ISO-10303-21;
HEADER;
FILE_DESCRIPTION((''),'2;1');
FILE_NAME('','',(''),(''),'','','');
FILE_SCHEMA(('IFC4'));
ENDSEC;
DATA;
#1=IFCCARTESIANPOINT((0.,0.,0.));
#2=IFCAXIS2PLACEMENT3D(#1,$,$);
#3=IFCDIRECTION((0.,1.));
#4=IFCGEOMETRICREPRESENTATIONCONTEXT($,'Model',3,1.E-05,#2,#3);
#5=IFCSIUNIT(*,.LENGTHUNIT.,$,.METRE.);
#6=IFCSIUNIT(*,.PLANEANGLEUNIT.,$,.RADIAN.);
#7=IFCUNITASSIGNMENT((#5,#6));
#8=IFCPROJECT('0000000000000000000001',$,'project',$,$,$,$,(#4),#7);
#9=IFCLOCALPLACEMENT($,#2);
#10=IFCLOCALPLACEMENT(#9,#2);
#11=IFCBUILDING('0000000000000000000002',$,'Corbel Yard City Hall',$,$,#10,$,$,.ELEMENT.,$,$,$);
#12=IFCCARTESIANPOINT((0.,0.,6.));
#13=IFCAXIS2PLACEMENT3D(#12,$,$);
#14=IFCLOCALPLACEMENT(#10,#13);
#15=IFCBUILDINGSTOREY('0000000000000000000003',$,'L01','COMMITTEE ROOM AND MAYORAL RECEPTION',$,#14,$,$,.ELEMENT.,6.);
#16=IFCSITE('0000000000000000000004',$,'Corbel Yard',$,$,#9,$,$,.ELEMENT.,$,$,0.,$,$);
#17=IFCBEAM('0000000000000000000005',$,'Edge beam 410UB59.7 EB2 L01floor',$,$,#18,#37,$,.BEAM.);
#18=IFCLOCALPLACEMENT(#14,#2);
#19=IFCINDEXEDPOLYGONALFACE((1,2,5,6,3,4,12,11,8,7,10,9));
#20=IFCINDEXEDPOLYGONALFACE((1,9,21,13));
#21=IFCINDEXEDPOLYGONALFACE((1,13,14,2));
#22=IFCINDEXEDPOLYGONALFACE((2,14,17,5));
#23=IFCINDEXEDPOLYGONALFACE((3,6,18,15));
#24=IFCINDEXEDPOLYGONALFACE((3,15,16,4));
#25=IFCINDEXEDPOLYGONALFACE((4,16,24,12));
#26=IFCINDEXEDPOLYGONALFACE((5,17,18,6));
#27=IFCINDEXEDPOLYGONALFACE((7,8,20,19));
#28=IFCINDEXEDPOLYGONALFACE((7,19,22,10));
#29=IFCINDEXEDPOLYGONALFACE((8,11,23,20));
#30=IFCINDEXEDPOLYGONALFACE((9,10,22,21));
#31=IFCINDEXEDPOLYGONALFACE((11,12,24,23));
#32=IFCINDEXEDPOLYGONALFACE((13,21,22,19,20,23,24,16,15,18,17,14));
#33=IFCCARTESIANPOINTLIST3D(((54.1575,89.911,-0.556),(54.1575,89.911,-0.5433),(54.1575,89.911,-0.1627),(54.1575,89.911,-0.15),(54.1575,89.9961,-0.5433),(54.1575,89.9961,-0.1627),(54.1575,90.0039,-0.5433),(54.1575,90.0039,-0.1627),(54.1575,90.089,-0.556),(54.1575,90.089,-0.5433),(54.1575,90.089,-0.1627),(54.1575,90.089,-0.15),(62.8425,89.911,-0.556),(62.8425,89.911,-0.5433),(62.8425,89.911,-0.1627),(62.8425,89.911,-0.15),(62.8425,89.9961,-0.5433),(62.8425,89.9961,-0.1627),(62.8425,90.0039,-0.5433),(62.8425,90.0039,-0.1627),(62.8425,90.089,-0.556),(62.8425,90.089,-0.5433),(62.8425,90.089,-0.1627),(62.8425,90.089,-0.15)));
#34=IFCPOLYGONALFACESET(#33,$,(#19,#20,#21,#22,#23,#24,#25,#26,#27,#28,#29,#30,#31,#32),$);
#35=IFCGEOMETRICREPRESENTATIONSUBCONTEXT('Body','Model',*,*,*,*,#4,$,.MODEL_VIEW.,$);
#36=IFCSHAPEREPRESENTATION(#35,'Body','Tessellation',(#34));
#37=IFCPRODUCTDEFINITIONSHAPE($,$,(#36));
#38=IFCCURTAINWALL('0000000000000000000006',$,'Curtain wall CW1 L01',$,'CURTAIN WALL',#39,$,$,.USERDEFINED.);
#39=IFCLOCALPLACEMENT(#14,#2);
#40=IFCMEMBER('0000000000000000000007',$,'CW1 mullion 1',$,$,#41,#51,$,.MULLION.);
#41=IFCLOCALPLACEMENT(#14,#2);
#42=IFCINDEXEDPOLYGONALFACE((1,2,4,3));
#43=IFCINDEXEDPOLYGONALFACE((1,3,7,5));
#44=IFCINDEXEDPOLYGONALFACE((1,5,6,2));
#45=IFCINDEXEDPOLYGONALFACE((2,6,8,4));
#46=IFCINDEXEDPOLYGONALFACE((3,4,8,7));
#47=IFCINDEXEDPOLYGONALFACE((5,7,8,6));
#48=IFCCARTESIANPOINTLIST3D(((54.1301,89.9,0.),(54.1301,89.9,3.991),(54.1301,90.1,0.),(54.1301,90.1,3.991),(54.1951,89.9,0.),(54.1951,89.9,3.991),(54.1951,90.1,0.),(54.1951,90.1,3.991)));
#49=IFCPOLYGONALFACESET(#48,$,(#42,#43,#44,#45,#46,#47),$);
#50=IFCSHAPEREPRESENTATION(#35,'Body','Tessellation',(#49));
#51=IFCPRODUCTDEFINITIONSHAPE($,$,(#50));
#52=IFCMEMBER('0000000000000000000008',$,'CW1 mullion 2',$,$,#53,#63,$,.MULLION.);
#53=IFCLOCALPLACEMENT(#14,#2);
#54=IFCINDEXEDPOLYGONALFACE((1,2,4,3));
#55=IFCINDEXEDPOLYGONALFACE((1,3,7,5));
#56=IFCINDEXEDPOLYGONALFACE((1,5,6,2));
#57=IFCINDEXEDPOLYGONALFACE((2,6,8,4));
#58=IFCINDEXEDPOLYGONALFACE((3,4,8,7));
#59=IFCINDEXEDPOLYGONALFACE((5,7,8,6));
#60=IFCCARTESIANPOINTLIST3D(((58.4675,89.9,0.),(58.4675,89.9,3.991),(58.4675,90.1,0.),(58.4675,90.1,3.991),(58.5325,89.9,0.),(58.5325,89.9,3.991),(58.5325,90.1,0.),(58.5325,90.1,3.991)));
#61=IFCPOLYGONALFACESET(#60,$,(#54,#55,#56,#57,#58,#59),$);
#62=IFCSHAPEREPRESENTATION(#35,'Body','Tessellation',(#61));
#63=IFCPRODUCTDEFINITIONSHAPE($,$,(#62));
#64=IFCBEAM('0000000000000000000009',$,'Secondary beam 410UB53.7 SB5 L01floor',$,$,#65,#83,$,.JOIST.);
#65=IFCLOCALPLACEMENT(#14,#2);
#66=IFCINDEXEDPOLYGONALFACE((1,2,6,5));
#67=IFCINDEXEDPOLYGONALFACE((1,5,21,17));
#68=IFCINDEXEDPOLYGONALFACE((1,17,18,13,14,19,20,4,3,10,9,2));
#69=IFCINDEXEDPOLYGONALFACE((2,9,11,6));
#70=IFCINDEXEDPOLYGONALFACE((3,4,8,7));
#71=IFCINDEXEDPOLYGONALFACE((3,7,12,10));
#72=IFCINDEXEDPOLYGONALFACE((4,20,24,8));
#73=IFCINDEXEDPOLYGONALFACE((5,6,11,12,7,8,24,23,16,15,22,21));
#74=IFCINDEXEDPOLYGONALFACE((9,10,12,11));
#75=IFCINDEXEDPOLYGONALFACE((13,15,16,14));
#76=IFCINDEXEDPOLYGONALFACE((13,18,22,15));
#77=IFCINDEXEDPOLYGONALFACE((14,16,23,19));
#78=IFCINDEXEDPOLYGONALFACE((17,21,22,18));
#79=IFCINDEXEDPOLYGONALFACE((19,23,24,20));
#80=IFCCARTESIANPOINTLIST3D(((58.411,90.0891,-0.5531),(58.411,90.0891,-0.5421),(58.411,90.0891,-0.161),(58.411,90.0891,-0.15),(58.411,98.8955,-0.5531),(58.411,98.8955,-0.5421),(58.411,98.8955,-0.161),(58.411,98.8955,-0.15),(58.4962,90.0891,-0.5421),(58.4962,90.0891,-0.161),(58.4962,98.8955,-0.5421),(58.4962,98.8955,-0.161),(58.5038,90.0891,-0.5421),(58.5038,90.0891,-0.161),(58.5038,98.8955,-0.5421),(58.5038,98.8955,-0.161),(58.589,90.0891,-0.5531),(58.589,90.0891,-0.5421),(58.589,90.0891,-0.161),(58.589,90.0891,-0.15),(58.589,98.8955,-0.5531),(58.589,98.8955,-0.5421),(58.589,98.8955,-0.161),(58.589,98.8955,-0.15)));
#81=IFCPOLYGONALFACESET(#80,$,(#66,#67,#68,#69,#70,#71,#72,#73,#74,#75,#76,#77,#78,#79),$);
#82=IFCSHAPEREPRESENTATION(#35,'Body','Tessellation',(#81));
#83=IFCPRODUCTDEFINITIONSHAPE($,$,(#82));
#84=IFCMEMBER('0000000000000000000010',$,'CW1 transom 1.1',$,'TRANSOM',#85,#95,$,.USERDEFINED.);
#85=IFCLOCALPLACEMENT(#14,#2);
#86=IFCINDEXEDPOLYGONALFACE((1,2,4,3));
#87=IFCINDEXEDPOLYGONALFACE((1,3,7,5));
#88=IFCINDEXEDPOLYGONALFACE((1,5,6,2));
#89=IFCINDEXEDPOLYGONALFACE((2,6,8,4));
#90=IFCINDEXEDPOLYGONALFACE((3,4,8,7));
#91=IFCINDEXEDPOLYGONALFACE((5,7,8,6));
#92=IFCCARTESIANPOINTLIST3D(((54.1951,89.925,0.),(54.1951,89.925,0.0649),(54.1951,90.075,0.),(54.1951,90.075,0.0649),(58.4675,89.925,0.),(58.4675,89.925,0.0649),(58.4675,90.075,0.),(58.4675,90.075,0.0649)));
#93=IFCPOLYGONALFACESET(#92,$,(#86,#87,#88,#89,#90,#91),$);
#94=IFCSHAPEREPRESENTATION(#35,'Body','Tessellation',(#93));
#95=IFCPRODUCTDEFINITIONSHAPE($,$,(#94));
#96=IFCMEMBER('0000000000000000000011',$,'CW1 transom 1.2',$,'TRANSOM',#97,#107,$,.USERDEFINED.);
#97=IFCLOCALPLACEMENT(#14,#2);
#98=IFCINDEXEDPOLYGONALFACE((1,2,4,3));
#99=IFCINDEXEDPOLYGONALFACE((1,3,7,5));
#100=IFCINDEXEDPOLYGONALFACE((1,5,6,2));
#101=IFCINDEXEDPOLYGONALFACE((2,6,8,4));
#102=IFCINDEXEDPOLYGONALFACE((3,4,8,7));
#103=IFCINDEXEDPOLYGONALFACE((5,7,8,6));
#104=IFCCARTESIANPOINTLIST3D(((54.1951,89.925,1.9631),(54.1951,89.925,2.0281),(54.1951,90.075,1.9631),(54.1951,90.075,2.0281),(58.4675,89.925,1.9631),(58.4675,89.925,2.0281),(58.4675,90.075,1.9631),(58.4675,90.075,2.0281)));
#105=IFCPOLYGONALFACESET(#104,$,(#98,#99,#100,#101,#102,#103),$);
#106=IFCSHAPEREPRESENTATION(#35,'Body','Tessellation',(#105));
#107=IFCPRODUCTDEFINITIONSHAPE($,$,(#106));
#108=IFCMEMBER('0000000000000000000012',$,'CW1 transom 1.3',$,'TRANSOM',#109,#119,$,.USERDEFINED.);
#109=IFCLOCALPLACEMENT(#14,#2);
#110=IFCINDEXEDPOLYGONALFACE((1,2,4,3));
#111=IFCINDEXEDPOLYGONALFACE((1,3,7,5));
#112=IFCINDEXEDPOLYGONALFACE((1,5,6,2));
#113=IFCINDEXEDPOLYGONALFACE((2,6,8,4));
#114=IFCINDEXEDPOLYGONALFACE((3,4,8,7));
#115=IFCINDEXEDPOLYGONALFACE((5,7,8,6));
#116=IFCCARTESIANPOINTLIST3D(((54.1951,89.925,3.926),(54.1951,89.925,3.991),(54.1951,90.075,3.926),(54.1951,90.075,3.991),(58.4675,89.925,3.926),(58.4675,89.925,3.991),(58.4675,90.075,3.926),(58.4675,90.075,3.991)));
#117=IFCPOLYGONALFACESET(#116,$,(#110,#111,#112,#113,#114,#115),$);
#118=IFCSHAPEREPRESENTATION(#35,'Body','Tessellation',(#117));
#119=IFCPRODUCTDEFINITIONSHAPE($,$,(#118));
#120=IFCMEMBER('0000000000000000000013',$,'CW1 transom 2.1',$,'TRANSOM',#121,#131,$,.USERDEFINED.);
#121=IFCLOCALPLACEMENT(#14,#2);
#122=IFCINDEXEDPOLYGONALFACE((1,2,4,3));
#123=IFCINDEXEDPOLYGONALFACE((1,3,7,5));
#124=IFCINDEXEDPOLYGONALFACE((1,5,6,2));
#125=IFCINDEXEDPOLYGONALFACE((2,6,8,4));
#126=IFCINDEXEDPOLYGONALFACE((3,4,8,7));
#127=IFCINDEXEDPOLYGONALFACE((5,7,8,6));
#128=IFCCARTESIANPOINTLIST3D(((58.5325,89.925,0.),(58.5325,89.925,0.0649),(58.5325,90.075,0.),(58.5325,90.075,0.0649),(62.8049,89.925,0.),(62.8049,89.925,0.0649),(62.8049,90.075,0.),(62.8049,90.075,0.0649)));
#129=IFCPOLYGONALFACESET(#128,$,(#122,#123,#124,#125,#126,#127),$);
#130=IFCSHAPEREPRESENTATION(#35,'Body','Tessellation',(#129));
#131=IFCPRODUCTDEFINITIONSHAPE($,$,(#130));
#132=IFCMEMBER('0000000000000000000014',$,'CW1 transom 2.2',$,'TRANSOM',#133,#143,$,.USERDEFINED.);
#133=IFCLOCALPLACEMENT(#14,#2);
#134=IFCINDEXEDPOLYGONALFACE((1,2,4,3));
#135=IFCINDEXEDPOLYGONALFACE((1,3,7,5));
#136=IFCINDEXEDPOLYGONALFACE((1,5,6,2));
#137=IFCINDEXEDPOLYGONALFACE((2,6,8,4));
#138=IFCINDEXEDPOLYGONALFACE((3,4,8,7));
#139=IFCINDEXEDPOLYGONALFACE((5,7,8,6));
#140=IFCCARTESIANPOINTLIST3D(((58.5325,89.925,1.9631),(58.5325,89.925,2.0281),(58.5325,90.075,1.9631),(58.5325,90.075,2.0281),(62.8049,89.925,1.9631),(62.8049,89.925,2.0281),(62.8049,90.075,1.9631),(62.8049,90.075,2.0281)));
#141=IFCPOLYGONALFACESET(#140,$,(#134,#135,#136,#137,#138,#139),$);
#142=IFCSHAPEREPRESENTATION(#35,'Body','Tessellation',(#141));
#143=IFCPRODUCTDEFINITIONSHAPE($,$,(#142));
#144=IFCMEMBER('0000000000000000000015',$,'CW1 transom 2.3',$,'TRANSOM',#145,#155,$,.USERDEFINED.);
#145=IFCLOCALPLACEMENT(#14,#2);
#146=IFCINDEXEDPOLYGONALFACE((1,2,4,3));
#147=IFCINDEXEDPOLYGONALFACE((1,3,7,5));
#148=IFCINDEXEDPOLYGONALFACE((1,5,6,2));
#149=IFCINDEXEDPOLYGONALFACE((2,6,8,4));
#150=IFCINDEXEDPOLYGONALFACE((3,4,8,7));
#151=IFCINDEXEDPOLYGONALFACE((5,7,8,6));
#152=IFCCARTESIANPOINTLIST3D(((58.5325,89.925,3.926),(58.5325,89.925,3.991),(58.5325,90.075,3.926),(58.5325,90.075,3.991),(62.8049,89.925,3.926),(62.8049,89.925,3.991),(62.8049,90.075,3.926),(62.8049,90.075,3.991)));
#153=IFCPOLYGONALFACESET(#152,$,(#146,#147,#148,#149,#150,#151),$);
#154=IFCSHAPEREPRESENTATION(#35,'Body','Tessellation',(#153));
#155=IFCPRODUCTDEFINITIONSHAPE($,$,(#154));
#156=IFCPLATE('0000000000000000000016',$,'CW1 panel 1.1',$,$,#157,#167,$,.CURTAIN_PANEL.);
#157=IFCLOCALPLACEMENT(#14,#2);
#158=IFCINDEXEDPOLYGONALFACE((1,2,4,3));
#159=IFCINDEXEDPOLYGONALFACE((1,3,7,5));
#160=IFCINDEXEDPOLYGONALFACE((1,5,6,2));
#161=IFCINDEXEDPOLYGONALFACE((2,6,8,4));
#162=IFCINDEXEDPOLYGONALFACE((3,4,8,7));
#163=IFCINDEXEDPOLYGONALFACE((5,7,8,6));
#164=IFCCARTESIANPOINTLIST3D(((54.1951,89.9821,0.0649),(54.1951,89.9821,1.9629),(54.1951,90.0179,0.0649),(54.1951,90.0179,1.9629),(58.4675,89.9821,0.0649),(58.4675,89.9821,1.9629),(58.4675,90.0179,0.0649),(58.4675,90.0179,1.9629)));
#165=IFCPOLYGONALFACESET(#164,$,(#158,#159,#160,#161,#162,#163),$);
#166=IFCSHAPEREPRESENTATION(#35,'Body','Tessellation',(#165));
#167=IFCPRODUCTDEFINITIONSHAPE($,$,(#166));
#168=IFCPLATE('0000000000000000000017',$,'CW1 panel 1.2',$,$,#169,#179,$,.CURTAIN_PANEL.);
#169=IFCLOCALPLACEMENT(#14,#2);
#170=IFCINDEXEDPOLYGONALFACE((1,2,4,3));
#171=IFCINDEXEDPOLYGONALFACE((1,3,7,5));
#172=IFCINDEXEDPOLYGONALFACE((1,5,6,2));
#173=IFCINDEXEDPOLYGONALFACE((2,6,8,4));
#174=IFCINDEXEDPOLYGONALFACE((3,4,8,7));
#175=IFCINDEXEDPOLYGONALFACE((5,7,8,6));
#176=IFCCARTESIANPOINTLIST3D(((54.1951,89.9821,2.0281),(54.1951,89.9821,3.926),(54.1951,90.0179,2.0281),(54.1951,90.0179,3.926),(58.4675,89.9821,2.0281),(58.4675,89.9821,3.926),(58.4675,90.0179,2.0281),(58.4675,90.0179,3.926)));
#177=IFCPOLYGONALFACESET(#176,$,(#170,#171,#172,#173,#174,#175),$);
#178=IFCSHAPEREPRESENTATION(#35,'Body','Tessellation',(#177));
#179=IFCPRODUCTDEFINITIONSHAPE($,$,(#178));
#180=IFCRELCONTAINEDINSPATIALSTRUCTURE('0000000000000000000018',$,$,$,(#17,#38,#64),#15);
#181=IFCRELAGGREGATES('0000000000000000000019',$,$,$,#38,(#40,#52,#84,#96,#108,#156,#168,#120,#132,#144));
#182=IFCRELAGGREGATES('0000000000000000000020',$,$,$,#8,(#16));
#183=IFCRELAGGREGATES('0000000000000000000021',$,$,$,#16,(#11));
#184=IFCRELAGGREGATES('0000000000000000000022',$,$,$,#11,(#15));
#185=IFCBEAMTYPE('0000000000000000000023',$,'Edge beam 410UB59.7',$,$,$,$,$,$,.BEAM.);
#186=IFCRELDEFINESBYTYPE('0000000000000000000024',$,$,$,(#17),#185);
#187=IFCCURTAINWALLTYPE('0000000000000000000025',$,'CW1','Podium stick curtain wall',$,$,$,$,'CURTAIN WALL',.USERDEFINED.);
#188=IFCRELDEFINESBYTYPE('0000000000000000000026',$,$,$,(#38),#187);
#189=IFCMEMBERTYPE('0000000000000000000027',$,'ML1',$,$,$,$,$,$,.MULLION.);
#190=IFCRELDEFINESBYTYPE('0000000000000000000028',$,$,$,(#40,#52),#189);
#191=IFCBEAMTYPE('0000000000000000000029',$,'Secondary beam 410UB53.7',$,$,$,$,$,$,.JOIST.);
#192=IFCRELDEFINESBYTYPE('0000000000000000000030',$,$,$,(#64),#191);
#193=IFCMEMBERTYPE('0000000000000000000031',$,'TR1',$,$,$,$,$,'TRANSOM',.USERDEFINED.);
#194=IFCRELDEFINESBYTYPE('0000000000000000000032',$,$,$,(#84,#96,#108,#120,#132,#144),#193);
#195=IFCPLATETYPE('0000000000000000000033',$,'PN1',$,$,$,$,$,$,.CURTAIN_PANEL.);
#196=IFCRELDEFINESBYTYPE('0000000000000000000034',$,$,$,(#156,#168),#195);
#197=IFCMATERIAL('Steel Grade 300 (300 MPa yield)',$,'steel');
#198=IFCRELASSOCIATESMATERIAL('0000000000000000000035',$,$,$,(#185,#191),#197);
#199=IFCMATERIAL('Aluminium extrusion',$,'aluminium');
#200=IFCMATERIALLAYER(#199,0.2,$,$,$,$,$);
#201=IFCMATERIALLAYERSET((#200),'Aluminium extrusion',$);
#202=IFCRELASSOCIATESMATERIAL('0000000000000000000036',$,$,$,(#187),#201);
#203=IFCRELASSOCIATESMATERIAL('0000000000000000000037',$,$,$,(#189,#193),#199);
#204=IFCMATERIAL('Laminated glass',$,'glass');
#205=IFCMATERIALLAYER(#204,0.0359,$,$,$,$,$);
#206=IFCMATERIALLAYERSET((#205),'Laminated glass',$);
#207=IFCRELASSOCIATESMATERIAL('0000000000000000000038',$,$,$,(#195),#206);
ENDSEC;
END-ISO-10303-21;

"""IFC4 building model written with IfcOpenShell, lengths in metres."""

from ifc_helpers import new_model, si_unit, direction, frame, origin, origin_2d, place, context, subcontext, project, spatial, rectangle, i_section, extrude, material, layer, layer_set, material_profile, profile_set, type_object, element, aggregate, save


model = new_model("IFC4")

# Units and contexts
model_context = context("Model", 3, precision=1e-05, world=origin(), true_north=direction((0.0, 1.0)))
body_context = subcontext(model_context, "Body", "Model", "MODEL_VIEW")
ifc_project = project(units=[si_unit("LENGTHUNIT", "METRE"), si_unit("PLANEANGLEUNIT", "RADIAN")], contexts=[model_context])

# Site, building, storey
site_placement = place(None, origin())
site = spatial("IfcSite", under=ifc_project, at=site_placement, Name="Corbel Yard", CompositionType="ELEMENT", RefElevation=0.0)
building_placement = place(site_placement, origin())
building = spatial("IfcBuilding", under=site, at=building_placement, Name="Corbel Yard City Hall", CompositionType="ELEMENT")
storey_placement = place(building_placement, frame((0.0, 0.0, 6.0)))
storey = spatial("IfcBuildingStorey", under=building, at=storey_placement, Name="L01", Description="COMMITTEE ROOM AND MAYORAL RECEPTION", CompositionType="ELEMENT", Elevation=6.0)

# Beam
ifc_material_1 = material(Name="Steel Grade 300 (300 MPa yield)", Category="steel")
ifc_material_profile_1 = material_profile(ifc_material_1, i_section(OverallWidth=0.178, OverallDepth=0.406, WebThickness=0.0078, FlangeThickness=0.0127, at=origin_2d()), Name="410UB59.7")
ifc_profile_set_1 = profile_set([ifc_material_profile_1], Name="Steel Grade 300 (300 MPa yield)")
beam_type_1 = type_object("IfcBeamType", Name="Edge beam 410UB59.7", PredefinedType="BEAM", material=ifc_profile_set_1)
beam_1_placement = place(storey_placement, frame((54.1575, 90.0, -0.353), z_axis=(1.0, 0.0, 0.0), x_axis=(0.0, 1.0, 0.0)))
element("IfcBeam", 1, at=beam_1_placement, inside=storey, type_object=beam_type_1, Name="Edge beam 410UB59.7 EB2 L01floor", PredefinedType="BEAM", context=body_context, shape_type="SweptSolid", body=[
    extrude(i_section(OverallWidth=0.178, OverallDepth=0.406, WebThickness=0.0078, FlangeThickness=0.0127, at=origin_2d()), origin(), (0.0, 0.0, 1.0), 8.6851),
])

# Curtain wall, members
ifc_material_2 = material(Name="Aluminium extrusion", Category="aluminium")
ifc_layer_1 = layer(ifc_material_2, 0.2)
ifc_layer_set_1 = layer_set([ifc_layer_1], Name="Aluminium extrusion")
curtain_wall_type = type_object("IfcCurtainWallType", Name="CW1", Description="Podium stick curtain wall", ElementType="CURTAIN WALL", PredefinedType="USERDEFINED", material=ifc_layer_set_1)
curtain_wall_placement = place(storey_placement, origin())
curtain_wall = element("IfcCurtainWall", 2, at=curtain_wall_placement, inside=storey, type_object=curtain_wall_type, Name="Curtain wall CW1 L01", ObjectType="CURTAIN WALL", PredefinedType="USERDEFINED")
ifc_material_profile_2 = material_profile(ifc_material_2, rectangle(XDim=0.2, YDim=0.0649, at=origin_2d()), Name="200x65")
ifc_profile_set_2 = profile_set([ifc_material_profile_2], Name="Aluminium extrusion")
member_type_1 = type_object("IfcMemberType", Name="ML1", PredefinedType="MULLION", material=ifc_profile_set_2)
member_1_placement = place(storey_placement, frame((54.1626, 90.0, 0.0), z_axis=(0.0, 0.0, 1.0), x_axis=(0.0, 1.0, 0.0)))
member_1 = element("IfcMember", 3, at=member_1_placement, type_object=member_type_1, Name="CW1 mullion 1", PredefinedType="MULLION", context=body_context, shape_type="SweptSolid", body=[
    extrude(rectangle(XDim=0.2, YDim=0.0649, at=origin_2d()), origin(), (0.0, 0.0, 1.0), 3.991),
])
member_2_placement = place(storey_placement, frame((58.5, 90.0, 0.0), z_axis=(0.0, 0.0, 1.0), x_axis=(0.0, 1.0, 0.0)))
member_2 = element("IfcMember", 4, at=member_2_placement, type_object=member_type_1, Name="CW1 mullion 2", PredefinedType="MULLION", context=body_context, shape_type="SweptSolid", body=[
    extrude(rectangle(XDim=0.2, YDim=0.0649, at=origin_2d()), origin(), (0.0, 0.0, 1.0), 3.991),
])

# Beam
ifc_material_profile_3 = material_profile(ifc_material_1, i_section(OverallWidth=0.178, OverallDepth=0.4031, WebThickness=0.0076, FlangeThickness=0.011, at=origin_2d()), Name="410UB53.7")
ifc_profile_set_3 = profile_set([ifc_material_profile_3], Name="Steel Grade 300 (300 MPa yield)")
beam_type_2 = type_object("IfcBeamType", Name="Secondary beam 410UB53.7", PredefinedType="JOIST", material=ifc_profile_set_3)
beam_2_placement = place(storey_placement, frame((58.5, 90.0891, -0.3516), z_axis=(0.0, 1.0, 0.0), x_axis=(-1.0, 0.0, 0.0)))
element("IfcBeam", 5, at=beam_2_placement, inside=storey, type_object=beam_type_2, Name="Secondary beam 410UB53.7 SB5 L01floor", PredefinedType="JOIST", context=body_context, shape_type="SweptSolid", body=[
    extrude(i_section(OverallWidth=0.178, OverallDepth=0.4031, WebThickness=0.0076, FlangeThickness=0.011, at=origin_2d()), origin(), (0.0, 0.0, 1.0), 8.8064),
])

# Members
ifc_material_profile_4 = material_profile(ifc_material_2, rectangle(XDim=0.1499, YDim=0.0649, at=origin_2d()), Name="150x65")
ifc_profile_set_4 = profile_set([ifc_material_profile_4], Name="Aluminium extrusion")
member_type_2 = type_object("IfcMemberType", Name="TR1", ElementType="TRANSOM", PredefinedType="USERDEFINED", material=ifc_profile_set_4)
member_3_placement = place(storey_placement, frame((54.1951, 90.0, 0.0325), z_axis=(1.0, 0.0, 0.0), x_axis=(0.0, 1.0, 0.0)))
member_3 = element("IfcMember", 6, at=member_3_placement, type_object=member_type_2, Name="CW1 transom 1.1", ObjectType="TRANSOM", PredefinedType="USERDEFINED", context=body_context, shape_type="SweptSolid", body=[
    extrude(rectangle(XDim=0.1499, YDim=0.0649, at=origin_2d()), origin(), (0.0, 0.0, 1.0), 4.2725),
])
member_4_placement = place(storey_placement, frame((54.1951, 90.0, 1.9956), z_axis=(1.0, 0.0, 0.0), x_axis=(0.0, 1.0, 0.0)))
member_4 = element("IfcMember", 7, at=member_4_placement, type_object=member_type_2, Name="CW1 transom 1.2", ObjectType="TRANSOM", PredefinedType="USERDEFINED", context=body_context, shape_type="SweptSolid", body=[
    extrude(rectangle(XDim=0.1499, YDim=0.0649, at=origin_2d()), origin(), (0.0, 0.0, 1.0), 4.2725),
])
member_5_placement = place(storey_placement, frame((54.1951, 90.0, 3.9585), z_axis=(1.0, 0.0, 0.0), x_axis=(0.0, 1.0, 0.0)))
member_5 = element("IfcMember", 8, at=member_5_placement, type_object=member_type_2, Name="CW1 transom 1.3", ObjectType="TRANSOM", PredefinedType="USERDEFINED", context=body_context, shape_type="SweptSolid", body=[
    extrude(rectangle(XDim=0.1499, YDim=0.0649, at=origin_2d()), origin(), (0.0, 0.0, 1.0), 4.2725),
])
member_6_placement = place(storey_placement, frame((58.5325, 90.0, 0.0325), z_axis=(1.0, 0.0, 0.0), x_axis=(0.0, 1.0, 0.0)))
member_6 = element("IfcMember", 9, at=member_6_placement, type_object=member_type_2, Name="CW1 transom 2.1", ObjectType="TRANSOM", PredefinedType="USERDEFINED", context=body_context, shape_type="SweptSolid", body=[
    extrude(rectangle(XDim=0.1499, YDim=0.0649, at=origin_2d()), origin(), (0.0, 0.0, 1.0), 4.2725),
])
member_7_placement = place(storey_placement, frame((58.5325, 90.0, 1.9956), z_axis=(1.0, 0.0, 0.0), x_axis=(0.0, 1.0, 0.0)))
member_7 = element("IfcMember", 10, at=member_7_placement, type_object=member_type_2, Name="CW1 transom 2.2", ObjectType="TRANSOM", PredefinedType="USERDEFINED", context=body_context, shape_type="SweptSolid", body=[
    extrude(rectangle(XDim=0.1499, YDim=0.0649, at=origin_2d()), origin(), (0.0, 0.0, 1.0), 4.2725),
])
member_8_placement = place(storey_placement, frame((58.5325, 90.0, 3.9585), z_axis=(1.0, 0.0, 0.0), x_axis=(0.0, 1.0, 0.0)))
member_8 = element("IfcMember", 11, at=member_8_placement, type_object=member_type_2, Name="CW1 transom 2.3", ObjectType="TRANSOM", PredefinedType="USERDEFINED", context=body_context, shape_type="SweptSolid", body=[
    extrude(rectangle(XDim=0.1499, YDim=0.0649, at=origin_2d()), origin(), (0.0, 0.0, 1.0), 4.2725),
])

# Plates
ifc_material_3 = material(Name="Laminated glass", Category="glass")
ifc_layer_2 = layer(ifc_material_3, 0.0359)
ifc_layer_set_2 = layer_set([ifc_layer_2], Name="Laminated glass")
plate_type = type_object("IfcPlateType", Name="PN1", PredefinedType="CURTAIN_PANEL", material=ifc_layer_set_2)
plate_1_placement = place(storey_placement, frame((56.3313, 90.0, 0.0649), z_axis=(0.0, 0.0, 1.0), x_axis=(1.0, 0.0, 0.0)))
plate_1 = element("IfcPlate", 12, at=plate_1_placement, type_object=plate_type, Name="CW1 panel 1.1", PredefinedType="CURTAIN_PANEL", context=body_context, shape_type="SweptSolid", body=[
    extrude(rectangle(XDim=4.2725, YDim=0.0359, at=origin_2d()), origin(), (0.0, 0.0, 1.0), 1.8979),
])
plate_2_placement = place(storey_placement, frame((56.3313, 90.0, 2.0281), z_axis=(0.0, 0.0, 1.0), x_axis=(1.0, 0.0, 0.0)))
plate_2 = element("IfcPlate", 13, at=plate_2_placement, type_object=plate_type, Name="CW1 panel 1.2", PredefinedType="CURTAIN_PANEL", context=body_context, shape_type="SweptSolid", body=[
    extrude(rectangle(XDim=4.2725, YDim=0.0359, at=origin_2d()), origin(), (0.0, 0.0, 1.0), 1.8979),
])
aggregate(curtain_wall, [member_1, member_2, member_3, member_4, member_5, plate_1, plate_2, member_6, member_7, member_8])

save(model, "model.ifc")
